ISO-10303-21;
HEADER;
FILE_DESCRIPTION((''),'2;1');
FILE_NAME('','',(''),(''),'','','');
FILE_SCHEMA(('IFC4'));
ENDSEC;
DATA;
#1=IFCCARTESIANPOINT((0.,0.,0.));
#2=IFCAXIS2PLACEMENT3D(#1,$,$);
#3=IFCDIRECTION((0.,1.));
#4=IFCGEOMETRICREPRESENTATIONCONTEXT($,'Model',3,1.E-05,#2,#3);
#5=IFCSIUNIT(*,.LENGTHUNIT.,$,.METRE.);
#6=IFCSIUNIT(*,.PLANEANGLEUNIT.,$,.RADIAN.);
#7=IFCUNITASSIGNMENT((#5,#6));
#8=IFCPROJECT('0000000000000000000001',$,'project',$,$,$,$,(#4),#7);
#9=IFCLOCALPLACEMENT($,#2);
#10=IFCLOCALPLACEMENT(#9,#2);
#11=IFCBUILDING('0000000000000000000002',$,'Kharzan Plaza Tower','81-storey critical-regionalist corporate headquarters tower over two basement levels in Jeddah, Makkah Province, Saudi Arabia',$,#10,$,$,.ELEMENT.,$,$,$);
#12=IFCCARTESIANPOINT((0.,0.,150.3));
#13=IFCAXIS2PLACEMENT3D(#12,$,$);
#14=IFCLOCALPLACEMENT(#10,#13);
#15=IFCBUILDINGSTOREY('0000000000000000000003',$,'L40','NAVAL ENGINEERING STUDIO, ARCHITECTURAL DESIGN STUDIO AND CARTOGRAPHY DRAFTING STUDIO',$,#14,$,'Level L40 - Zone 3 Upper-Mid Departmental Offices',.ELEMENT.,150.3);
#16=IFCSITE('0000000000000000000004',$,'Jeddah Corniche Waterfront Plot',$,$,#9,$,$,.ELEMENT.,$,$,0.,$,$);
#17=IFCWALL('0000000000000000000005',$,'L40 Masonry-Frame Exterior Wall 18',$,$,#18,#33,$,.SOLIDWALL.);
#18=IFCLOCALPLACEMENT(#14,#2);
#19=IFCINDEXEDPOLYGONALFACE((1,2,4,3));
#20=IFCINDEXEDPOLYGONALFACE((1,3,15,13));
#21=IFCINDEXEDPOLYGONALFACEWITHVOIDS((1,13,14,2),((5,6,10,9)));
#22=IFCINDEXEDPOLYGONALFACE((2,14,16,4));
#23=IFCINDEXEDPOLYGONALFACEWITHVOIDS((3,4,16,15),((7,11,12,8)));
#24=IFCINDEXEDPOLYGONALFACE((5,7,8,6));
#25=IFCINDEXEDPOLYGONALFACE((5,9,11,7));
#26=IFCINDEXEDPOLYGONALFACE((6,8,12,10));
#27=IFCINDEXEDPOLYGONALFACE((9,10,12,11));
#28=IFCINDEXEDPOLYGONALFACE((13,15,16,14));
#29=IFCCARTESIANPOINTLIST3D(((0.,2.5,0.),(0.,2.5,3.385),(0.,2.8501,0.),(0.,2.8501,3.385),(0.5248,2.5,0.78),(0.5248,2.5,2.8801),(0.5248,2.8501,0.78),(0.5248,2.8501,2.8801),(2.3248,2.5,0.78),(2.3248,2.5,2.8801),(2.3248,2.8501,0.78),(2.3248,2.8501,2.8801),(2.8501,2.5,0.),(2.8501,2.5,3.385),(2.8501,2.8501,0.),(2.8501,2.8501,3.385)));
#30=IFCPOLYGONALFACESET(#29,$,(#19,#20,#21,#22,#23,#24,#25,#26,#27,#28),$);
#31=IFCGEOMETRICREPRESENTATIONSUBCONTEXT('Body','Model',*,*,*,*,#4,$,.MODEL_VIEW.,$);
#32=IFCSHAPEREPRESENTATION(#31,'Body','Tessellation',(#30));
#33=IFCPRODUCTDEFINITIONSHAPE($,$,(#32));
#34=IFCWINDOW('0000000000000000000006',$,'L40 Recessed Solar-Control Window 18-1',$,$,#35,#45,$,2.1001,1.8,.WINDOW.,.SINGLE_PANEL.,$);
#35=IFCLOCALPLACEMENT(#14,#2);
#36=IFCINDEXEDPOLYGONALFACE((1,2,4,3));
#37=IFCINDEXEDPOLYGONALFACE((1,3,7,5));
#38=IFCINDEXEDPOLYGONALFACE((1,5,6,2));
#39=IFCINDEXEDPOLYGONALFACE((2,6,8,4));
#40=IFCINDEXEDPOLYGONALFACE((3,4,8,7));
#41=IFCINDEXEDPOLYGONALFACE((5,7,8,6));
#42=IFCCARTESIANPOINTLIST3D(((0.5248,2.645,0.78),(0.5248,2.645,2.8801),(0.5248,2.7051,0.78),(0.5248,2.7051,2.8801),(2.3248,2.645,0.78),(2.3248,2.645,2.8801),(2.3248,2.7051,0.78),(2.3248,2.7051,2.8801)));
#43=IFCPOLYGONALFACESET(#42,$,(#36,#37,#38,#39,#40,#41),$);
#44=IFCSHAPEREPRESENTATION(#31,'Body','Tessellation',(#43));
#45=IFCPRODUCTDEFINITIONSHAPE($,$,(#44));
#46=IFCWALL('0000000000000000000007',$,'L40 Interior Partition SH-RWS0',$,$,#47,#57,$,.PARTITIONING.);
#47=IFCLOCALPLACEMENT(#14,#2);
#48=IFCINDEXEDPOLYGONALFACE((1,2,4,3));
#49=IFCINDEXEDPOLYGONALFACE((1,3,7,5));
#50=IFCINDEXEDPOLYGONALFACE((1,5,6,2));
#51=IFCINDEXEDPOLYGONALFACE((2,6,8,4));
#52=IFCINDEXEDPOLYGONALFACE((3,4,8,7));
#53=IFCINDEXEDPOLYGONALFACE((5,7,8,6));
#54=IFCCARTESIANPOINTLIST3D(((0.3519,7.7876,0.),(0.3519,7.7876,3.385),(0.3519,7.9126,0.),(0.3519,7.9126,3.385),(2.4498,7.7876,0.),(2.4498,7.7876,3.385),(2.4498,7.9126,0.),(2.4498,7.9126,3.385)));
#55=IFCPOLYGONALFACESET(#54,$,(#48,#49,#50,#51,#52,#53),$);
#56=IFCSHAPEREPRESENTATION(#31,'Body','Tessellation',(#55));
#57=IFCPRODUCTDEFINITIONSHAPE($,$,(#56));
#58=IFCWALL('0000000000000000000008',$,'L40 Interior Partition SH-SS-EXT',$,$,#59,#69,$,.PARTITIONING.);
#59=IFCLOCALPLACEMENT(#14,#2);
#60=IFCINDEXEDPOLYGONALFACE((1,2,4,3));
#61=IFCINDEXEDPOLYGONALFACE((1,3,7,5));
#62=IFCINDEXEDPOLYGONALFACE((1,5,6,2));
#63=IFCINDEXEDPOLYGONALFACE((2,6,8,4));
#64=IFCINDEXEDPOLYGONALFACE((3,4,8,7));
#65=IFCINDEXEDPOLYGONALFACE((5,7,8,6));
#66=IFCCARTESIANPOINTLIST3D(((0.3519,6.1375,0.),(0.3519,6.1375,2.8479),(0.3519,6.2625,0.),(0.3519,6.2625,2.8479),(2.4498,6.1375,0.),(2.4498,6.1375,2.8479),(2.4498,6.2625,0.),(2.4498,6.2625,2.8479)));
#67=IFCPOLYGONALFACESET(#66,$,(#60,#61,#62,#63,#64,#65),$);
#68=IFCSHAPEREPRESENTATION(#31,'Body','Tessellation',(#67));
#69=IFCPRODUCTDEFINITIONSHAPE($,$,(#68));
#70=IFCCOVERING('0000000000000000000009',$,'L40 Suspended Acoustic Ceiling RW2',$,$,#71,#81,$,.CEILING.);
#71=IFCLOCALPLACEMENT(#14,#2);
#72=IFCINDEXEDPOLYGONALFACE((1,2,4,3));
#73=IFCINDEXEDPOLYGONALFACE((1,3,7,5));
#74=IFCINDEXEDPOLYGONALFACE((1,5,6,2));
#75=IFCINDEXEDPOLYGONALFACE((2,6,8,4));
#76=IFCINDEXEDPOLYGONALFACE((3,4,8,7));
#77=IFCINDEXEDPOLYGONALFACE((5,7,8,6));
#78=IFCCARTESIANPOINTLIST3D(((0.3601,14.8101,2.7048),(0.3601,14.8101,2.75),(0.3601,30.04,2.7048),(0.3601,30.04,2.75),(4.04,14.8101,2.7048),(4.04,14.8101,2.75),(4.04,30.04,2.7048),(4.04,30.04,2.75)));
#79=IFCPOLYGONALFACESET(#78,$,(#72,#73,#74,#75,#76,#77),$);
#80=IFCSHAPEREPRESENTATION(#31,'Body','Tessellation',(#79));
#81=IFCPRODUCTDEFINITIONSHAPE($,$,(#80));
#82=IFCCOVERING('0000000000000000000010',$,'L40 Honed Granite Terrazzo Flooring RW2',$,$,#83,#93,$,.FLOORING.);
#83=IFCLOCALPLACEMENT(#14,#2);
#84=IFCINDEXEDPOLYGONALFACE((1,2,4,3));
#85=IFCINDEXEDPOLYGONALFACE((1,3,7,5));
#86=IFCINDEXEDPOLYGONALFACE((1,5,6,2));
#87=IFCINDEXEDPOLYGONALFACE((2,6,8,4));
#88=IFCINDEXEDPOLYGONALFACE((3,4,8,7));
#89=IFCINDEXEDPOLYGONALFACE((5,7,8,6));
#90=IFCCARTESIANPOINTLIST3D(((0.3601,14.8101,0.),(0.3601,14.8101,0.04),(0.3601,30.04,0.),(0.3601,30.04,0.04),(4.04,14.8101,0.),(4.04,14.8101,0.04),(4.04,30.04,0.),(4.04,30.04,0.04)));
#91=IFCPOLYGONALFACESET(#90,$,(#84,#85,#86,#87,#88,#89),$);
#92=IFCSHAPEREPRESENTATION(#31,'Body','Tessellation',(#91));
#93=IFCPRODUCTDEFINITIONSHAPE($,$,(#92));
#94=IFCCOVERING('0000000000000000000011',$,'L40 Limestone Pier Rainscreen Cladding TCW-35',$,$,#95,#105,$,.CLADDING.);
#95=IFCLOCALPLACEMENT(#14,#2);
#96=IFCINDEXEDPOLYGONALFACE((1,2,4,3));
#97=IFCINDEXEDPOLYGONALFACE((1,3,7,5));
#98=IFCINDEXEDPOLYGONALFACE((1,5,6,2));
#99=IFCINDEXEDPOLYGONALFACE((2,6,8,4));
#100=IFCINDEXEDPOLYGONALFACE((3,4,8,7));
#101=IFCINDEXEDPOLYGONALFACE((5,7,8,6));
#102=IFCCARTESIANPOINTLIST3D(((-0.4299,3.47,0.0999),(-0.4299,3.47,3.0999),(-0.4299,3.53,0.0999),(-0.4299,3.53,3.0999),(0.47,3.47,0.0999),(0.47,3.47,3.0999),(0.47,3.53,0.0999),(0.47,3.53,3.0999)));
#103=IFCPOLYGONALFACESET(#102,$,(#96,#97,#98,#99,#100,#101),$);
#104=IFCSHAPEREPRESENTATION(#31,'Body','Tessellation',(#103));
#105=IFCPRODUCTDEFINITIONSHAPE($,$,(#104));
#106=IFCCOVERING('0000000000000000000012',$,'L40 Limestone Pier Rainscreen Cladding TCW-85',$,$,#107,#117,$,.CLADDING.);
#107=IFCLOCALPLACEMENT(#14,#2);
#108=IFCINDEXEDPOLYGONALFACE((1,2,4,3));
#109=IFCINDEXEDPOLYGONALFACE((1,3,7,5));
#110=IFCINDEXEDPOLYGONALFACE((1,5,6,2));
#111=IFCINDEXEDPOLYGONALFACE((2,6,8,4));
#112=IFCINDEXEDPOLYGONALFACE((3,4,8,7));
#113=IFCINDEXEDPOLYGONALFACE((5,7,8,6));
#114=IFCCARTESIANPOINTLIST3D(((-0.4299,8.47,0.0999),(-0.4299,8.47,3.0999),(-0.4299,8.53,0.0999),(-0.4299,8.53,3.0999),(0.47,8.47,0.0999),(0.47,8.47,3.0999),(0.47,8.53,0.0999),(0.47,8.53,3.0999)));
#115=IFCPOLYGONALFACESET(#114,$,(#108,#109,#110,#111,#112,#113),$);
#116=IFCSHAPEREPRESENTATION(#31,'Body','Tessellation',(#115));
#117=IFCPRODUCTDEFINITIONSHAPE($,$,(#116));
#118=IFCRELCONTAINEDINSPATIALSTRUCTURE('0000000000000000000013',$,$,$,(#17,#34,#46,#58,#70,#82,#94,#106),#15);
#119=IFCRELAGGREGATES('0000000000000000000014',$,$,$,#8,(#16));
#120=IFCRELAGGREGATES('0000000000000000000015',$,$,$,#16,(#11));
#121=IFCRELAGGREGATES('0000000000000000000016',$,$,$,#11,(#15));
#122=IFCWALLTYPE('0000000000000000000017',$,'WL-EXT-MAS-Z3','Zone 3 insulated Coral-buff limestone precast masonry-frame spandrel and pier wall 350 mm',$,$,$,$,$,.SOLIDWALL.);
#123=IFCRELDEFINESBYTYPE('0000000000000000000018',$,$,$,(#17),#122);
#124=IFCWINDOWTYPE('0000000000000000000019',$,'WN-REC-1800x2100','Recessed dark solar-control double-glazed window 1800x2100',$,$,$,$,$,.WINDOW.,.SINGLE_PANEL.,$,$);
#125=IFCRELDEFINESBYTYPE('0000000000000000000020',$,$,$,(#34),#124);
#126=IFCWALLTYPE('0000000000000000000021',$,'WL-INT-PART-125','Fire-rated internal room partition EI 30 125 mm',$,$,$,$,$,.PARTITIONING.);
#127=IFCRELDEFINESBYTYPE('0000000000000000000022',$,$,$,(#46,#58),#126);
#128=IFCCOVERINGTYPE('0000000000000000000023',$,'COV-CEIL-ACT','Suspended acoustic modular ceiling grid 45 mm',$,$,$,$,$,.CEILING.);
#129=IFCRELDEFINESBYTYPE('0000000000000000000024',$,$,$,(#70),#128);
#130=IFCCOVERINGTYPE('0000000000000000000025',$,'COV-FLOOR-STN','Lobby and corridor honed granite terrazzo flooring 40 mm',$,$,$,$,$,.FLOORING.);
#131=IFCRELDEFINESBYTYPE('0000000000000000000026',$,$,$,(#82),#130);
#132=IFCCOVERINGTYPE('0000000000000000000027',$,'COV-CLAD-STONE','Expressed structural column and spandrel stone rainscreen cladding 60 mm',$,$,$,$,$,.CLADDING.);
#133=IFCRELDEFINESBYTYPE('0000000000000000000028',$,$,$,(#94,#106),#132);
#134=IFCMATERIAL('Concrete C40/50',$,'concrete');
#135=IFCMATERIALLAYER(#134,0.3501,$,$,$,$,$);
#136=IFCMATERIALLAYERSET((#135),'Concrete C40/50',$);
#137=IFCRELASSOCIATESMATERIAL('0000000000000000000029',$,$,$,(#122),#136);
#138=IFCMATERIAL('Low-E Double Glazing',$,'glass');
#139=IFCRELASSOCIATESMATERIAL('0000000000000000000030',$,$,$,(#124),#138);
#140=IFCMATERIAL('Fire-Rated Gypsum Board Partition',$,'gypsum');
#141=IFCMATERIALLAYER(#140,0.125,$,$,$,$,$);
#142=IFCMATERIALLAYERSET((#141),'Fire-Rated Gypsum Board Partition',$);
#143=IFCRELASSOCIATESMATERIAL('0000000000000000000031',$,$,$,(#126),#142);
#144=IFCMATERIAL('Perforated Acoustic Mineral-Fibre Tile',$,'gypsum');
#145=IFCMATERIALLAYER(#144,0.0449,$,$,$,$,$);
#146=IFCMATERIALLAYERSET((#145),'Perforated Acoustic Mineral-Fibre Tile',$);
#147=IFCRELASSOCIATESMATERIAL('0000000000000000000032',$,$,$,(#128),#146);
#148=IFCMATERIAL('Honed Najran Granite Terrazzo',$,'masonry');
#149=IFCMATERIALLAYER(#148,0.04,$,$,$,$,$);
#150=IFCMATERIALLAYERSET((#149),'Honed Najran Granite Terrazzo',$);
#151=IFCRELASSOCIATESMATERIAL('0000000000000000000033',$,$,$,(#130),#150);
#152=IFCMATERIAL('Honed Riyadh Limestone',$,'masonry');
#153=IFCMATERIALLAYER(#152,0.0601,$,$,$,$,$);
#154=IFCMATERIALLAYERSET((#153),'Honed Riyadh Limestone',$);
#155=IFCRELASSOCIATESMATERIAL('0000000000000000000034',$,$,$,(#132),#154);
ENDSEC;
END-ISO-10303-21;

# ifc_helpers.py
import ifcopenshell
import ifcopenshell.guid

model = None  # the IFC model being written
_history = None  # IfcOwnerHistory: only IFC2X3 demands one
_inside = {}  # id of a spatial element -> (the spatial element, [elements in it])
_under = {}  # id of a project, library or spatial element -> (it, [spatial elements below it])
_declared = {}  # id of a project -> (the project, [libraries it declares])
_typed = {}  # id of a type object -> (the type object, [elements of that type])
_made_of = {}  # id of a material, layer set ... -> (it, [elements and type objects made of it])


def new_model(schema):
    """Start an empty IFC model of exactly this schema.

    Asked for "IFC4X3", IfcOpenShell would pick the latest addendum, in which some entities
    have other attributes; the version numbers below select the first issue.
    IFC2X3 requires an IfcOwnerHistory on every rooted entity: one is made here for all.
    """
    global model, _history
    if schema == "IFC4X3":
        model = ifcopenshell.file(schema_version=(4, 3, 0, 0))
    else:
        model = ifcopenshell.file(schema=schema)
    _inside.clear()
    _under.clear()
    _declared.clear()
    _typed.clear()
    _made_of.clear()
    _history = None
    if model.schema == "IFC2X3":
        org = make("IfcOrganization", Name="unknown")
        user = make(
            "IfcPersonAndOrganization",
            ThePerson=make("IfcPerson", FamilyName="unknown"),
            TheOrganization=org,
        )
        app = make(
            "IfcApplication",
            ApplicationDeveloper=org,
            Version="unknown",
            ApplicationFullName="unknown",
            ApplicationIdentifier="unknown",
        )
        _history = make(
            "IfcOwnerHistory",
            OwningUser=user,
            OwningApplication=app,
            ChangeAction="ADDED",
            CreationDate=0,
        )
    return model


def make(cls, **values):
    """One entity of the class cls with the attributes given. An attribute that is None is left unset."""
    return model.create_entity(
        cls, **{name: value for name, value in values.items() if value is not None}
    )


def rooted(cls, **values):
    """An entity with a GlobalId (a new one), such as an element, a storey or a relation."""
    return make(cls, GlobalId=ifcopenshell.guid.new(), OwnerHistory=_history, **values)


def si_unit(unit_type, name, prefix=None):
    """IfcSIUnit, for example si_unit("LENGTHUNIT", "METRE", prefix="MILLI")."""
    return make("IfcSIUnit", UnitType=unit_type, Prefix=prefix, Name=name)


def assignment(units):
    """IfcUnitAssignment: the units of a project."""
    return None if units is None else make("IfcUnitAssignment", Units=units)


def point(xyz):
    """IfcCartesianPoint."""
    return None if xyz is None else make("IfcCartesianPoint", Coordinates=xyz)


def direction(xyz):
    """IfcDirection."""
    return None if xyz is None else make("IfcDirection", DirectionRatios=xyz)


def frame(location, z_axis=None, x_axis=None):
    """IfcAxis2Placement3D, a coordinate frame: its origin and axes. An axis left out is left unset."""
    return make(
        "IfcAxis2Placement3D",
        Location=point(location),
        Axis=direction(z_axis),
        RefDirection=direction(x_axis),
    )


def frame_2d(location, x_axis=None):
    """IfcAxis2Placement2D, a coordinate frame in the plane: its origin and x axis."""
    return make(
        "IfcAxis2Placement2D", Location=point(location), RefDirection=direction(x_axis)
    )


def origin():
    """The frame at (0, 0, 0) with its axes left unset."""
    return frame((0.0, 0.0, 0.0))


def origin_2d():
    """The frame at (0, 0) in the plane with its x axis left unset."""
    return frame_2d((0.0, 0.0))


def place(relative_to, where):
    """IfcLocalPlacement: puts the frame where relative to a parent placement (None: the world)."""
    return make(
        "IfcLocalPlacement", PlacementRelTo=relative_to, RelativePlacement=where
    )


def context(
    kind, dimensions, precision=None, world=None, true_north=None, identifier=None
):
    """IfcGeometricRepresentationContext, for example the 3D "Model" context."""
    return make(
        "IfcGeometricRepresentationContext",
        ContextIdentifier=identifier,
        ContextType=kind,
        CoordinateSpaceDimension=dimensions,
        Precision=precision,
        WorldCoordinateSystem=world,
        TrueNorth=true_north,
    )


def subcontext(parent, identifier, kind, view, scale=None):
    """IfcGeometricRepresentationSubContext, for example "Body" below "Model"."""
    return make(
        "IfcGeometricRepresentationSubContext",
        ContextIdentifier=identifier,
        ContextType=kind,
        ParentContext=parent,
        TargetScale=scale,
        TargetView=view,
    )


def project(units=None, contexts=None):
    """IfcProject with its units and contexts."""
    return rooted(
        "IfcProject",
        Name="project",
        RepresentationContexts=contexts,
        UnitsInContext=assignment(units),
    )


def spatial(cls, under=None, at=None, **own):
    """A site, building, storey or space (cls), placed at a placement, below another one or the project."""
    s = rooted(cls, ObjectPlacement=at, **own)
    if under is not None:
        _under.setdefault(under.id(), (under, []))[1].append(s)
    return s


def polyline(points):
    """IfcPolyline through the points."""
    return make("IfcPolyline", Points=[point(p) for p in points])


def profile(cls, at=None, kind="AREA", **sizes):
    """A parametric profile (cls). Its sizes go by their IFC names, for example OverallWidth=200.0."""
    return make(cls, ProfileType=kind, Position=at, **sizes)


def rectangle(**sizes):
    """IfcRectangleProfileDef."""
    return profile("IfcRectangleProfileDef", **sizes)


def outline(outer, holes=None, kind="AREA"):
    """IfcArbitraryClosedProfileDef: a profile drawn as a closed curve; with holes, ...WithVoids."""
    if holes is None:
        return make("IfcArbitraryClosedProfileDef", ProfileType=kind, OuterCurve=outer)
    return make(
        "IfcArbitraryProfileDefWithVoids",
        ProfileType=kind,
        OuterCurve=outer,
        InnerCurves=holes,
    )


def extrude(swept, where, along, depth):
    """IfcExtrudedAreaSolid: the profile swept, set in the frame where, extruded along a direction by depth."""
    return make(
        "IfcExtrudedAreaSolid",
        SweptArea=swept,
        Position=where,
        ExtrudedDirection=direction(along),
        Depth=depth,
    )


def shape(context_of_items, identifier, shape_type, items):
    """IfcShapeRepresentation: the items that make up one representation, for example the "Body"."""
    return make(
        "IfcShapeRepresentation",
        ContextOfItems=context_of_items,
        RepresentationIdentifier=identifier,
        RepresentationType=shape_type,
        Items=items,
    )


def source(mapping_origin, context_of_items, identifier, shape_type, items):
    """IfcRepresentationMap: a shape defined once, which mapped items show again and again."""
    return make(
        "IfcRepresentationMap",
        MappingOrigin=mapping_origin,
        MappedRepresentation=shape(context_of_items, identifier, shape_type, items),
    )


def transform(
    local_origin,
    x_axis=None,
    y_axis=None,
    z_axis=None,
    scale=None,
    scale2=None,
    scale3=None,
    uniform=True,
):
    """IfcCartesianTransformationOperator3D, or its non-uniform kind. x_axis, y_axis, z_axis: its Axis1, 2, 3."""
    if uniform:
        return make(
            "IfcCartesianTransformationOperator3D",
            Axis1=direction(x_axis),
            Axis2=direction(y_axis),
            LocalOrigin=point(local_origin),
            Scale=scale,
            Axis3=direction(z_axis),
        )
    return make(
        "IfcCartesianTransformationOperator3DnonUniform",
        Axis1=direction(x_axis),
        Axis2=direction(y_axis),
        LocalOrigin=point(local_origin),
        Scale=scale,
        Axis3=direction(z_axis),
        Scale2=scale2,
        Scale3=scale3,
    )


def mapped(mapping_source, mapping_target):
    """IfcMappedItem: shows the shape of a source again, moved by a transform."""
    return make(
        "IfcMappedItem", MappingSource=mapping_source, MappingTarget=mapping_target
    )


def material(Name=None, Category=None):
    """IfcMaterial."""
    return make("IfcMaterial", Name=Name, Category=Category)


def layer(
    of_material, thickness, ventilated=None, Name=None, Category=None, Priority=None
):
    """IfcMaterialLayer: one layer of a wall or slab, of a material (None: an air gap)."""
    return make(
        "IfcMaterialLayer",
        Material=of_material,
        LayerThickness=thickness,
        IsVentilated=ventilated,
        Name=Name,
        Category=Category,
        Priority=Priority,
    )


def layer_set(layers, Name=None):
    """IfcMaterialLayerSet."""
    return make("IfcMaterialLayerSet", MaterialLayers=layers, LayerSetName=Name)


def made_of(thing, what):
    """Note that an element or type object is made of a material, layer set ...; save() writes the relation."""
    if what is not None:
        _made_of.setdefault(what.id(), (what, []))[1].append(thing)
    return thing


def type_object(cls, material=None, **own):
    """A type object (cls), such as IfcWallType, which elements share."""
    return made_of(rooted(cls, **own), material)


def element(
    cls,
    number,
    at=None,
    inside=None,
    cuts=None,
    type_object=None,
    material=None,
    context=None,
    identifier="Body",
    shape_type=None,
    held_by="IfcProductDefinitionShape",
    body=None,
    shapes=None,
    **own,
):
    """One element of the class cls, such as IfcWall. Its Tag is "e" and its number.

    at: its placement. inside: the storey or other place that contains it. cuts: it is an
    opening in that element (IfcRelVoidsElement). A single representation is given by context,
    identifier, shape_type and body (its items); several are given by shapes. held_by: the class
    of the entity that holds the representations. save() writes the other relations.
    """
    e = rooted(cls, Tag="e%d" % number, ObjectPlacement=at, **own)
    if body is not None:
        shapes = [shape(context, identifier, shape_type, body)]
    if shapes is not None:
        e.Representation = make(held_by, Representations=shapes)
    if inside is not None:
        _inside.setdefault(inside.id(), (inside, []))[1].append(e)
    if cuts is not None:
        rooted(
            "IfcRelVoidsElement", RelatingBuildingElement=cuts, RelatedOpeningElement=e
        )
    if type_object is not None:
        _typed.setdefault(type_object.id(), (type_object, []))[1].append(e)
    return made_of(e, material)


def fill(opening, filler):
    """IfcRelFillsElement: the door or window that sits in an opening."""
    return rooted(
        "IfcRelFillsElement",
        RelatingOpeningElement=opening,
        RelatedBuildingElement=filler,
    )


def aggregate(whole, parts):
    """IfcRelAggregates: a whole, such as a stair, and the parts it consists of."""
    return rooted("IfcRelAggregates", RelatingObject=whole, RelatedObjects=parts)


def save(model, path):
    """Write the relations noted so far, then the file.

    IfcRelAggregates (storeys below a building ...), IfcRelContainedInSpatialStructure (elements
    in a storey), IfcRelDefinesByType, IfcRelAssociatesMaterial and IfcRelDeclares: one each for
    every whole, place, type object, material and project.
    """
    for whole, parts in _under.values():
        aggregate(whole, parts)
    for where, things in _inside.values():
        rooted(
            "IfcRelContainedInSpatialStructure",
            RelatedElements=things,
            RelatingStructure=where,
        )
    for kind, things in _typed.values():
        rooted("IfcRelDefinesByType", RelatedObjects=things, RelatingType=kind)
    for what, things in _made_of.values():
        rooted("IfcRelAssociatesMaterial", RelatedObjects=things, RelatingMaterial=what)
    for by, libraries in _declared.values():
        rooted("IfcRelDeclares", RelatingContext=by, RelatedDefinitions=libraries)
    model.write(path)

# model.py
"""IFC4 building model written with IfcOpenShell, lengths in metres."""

from ifc_helpers import new_model, si_unit, direction, frame, frame_2d, origin, origin_2d, place, context, subcontext, project, spatial, polyline, rectangle, outline, extrude, source, transform, mapped, material, layer, layer_set, type_object, element, fill, save


model = new_model("IFC4")

# Units and contexts
model_context = context("Model", 3, precision=1e-05, world=origin(), true_north=direction((0.0, 1.0)))
body_context = subcontext(model_context, "Body", "Model", "MODEL_VIEW")
ifc_project = project(units=[si_unit("LENGTHUNIT", "METRE"), si_unit("PLANEANGLEUNIT", "RADIAN")], contexts=[model_context])

# Site, building, storey
site_placement = place(None, origin())
site = spatial("IfcSite", under=ifc_project, at=site_placement, Name="Jeddah Corniche Waterfront Plot", CompositionType="ELEMENT", RefElevation=0.0)
building_placement = place(site_placement, origin())
building = spatial("IfcBuilding", under=site, at=building_placement, Name="Kharzan Plaza Tower", Description="81-storey critical-regionalist corporate headquarters tower over two basement levels in Jeddah, Makkah Province, Saudi Arabia", CompositionType="ELEMENT")
storey_placement = place(building_placement, frame((0.0, 0.0, 150.3)))
storey = spatial("IfcBuildingStorey", under=building, at=storey_placement, Name="L40", Description="NAVAL ENGINEERING STUDIO, ARCHITECTURAL DESIGN STUDIO AND CARTOGRAPHY DRAFTING STUDIO", LongName="Level L40 - Zone 3 Upper-Mid Departmental Offices", CompositionType="ELEMENT", Elevation=150.3)

# Shared definitions
ifc_material_1 = material(Name="Concrete C40/50", Category="concrete")

# Wall, opening, window
ifc_layer_1 = layer(ifc_material_1, 0.3501)
ifc_layer_set_1 = layer_set([ifc_layer_1], Name="Concrete C40/50")
wall_type_1 = type_object("IfcWallType", Name="WL-EXT-MAS-Z3", Description="Zone 3 insulated Coral-buff limestone precast masonry-frame spandrel and pier wall 350 mm", PredefinedType="SOLIDWALL", material=ifc_layer_set_1)
ifc_material_2 = material(Name="Low-E Double Glazing", Category="glass")
wall_1_placement = place(storey_placement, frame((0.0, 2.675, 0.0), z_axis=(0.0, 0.0, 1.0), x_axis=(1.0, 0.0, 0.0)))
wall_1 = element("IfcWall", 1, at=wall_1_placement, inside=storey, type_object=wall_type_1, Name="L40 Masonry-Frame Exterior Wall 18", PredefinedType="SOLIDWALL", context=body_context, shape_type="SweptSolid", body=[
    extrude(rectangle(XDim=2.8501, YDim=0.3501, at=frame_2d((1.425, 0.0))), origin(), (0.0, 0.0, 1.0), 3.385),
])
opening_1_placement = place(wall_1_placement, frame((0.5249, 0.0, 0.78)))
opening_1 = element("IfcOpeningElement", 2, at=opening_1_placement, cuts=wall_1, PredefinedType="OPENING", context=body_context, shape_type="SweptSolid", body=[
    extrude(rectangle(XDim=1.8, YDim=2.1001, at=frame_2d((0.8999, 1.05))), frame((0.0, 0.1851, 0.0), z_axis=(0.0, -1.0, 0.0), x_axis=(1.0, 0.0, 0.0)), (0.0, 0.0, 1.0), 0.3701),
])
window_type_1 = type_object("IfcWindowType", Name="WN-REC-1800x2100", Description="Recessed dark solar-control double-glazed window 1800x2100", PartitioningType="SINGLE_PANEL", PredefinedType="WINDOW", material=ifc_material_2)
shared_shape_1 = source(origin(), body_context, "Body", "SweptSolid", [
    extrude(rectangle(XDim=1.8, YDim=2.1001, at=frame_2d((0.8999, 1.05))), frame((0.0, 0.03, 0.0), z_axis=(0.0, -1.0, 0.0), x_axis=(1.0, 0.0, 0.0)), (0.0, 0.0, 1.0), 0.0601),
])
window_1_placement = place(opening_1_placement, origin())
window_1 = element("IfcWindow", 3, at=window_1_placement, inside=storey, type_object=window_type_1, Name="L40 Recessed Solar-Control Window 18-1", OverallHeight=2.1001, OverallWidth=1.8, PartitioningType="SINGLE_PANEL", PredefinedType="WINDOW", context=body_context, shape_type="MappedRepresentation", body=[
    mapped(shared_shape_1, transform((0.0, 0.0, 0.0), x_axis=(1.0, 0.0, 0.0), y_axis=(0.0, 1.0, 0.0), z_axis=(0.0, 0.0, 1.0))),
])
fill(opening_1, window_1)

# Shared definitions
ifc_material_3 = material(Name="Fire-Rated Gypsum Board Partition", Category="gypsum")
ifc_layer_2 = layer(ifc_material_3, 0.125)
ifc_layer_set_2 = layer_set([ifc_layer_2], Name="Fire-Rated Gypsum Board Partition")
wall_type_2 = type_object("IfcWallType", Name="WL-INT-PART-125", Description="Fire-rated internal room partition EI 30 125 mm", PredefinedType="PARTITIONING", material=ifc_layer_set_2)

# Walls
shared_shape_2 = source(origin(), body_context, "Body", "SweptSolid", [
    extrude(rectangle(XDim=2.0979, YDim=0.125, at=frame_2d((1.0488, 0.0))), origin(), (0.0, 0.0, 1.0), 3.385),
])
wall_2_placement = place(storey_placement, frame((0.3521, 7.8501, 0.0), z_axis=(0.0, 0.0, 1.0), x_axis=(1.0, 0.0, 0.0)))
element("IfcWall", 4, at=wall_2_placement, inside=storey, type_object=wall_type_2, Name="L40 Interior Partition SH-RWS0", PredefinedType="PARTITIONING", context=body_context, shape_type="MappedRepresentation", body=[
    mapped(shared_shape_2, transform((0.0, 0.0, 0.0), x_axis=(1.0, 0.0, 0.0), y_axis=(0.0, 1.0, 0.0), z_axis=(0.0, 0.0, 1.0))),
])
shared_shape_3 = source(origin(), body_context, "Body", "SweptSolid", [
    extrude(rectangle(XDim=2.0979, YDim=0.125, at=frame_2d((1.0488, 0.0))), origin(), (0.0, 0.0, 1.0), 2.8479),
])
wall_3_placement = place(storey_placement, frame((0.3521, 6.2, 0.0), z_axis=(0.0, 0.0, 1.0), x_axis=(1.0, 0.0, 0.0)))
element("IfcWall", 5, at=wall_3_placement, inside=storey, type_object=wall_type_2, Name="L40 Interior Partition SH-SS-EXT", PredefinedType="PARTITIONING", context=body_context, shape_type="MappedRepresentation", body=[
    mapped(shared_shape_3, transform((0.0, 0.0, 0.0), x_axis=(1.0, 0.0, 0.0), y_axis=(0.0, 1.0, 0.0), z_axis=(0.0, 0.0, 1.0))),
])

# Coverings
ifc_material_4 = material(Name="Perforated Acoustic Mineral-Fibre Tile", Category="gypsum")
ifc_layer_3 = layer(ifc_material_4, 0.0449)
ifc_layer_set_3 = layer_set([ifc_layer_3], Name="Perforated Acoustic Mineral-Fibre Tile")
covering_type_1 = type_object("IfcCoveringType", Name="COV-CEIL-ACT", Description="Suspended acoustic modular ceiling grid 45 mm", PredefinedType="CEILING", material=ifc_layer_set_3)
covering_1_placement = place(storey_placement, frame((0.0, 0.0, 2.7048)))
element("IfcCovering", 6, at=covering_1_placement, inside=storey, type_object=covering_type_1, Name="L40 Suspended Acoustic Ceiling RW2", PredefinedType="CEILING", context=body_context, shape_type="SweptSolid", body=[
    extrude(outline(polyline([(0.3601, 14.8101), (4.04, 14.8101), (4.04, 30.04), (0.3601, 30.04), (0.3601, 14.8101)])), origin(), (0.0, 0.0, 1.0), 0.0452),
])
ifc_material_5 = material(Name="Honed Najran Granite Terrazzo", Category="masonry")
ifc_layer_4 = layer(ifc_material_5, 0.04)
ifc_layer_set_4 = layer_set([ifc_layer_4], Name="Honed Najran Granite Terrazzo")
covering_type_2 = type_object("IfcCoveringType", Name="COV-FLOOR-STN", Description="Lobby and corridor honed granite terrazzo flooring 40 mm", PredefinedType="FLOORING", material=ifc_layer_set_4)
covering_2_placement = place(storey_placement, origin())
element("IfcCovering", 7, at=covering_2_placement, inside=storey, type_object=covering_type_2, Name="L40 Honed Granite Terrazzo Flooring RW2", PredefinedType="FLOORING", context=body_context, shape_type="SweptSolid", body=[
    extrude(outline(polyline([(0.3601, 14.8101), (4.04, 14.8101), (4.04, 30.04), (0.3601, 30.04), (0.3601, 14.8101)])), origin(), (0.0, 0.0, 1.0), 0.04),
])
ifc_material_6 = material(Name="Honed Riyadh Limestone", Category="masonry")
ifc_layer_5 = layer(ifc_material_6, 0.0601)
ifc_layer_set_5 = layer_set([ifc_layer_5], Name="Honed Riyadh Limestone")
covering_type_3 = type_object("IfcCoveringType", Name="COV-CLAD-STONE", Description="Expressed structural column and spandrel stone rainscreen cladding 60 mm", PredefinedType="CLADDING", material=ifc_layer_set_5)
shared_shape_4 = source(origin(), body_context, "Body", "SweptSolid", [
    extrude(rectangle(XDim=0.0601, YDim=0.8999, at=origin_2d()), origin(), (0.0, 0.0, 1.0), 3.0),
])
for number, where, z_axis, x_axis, name in (
    (8, (0.02, 3.5, 0.0999), (0.0, 0.0, 1.0), (0.0, 1.0, 0.0), "L40 Limestone Pier Rainscreen Cladding TCW-35"),
    (9, (0.02, 8.5, 0.0999), (0.0, 0.0, 1.0), (0.0, 1.0, 0.0), "L40 Limestone Pier Rainscreen Cladding TCW-85"),
):
    element("IfcCovering", number, at=place(storey_placement, frame(where, z_axis=z_axis, x_axis=x_axis)), inside=storey, type_object=covering_type_3, Name=name, PredefinedType="CLADDING", context=body_context, shape_type="MappedRepresentation", body=[
        mapped(shared_shape_4, transform((0.0, 0.0, 0.0), x_axis=(1.0, 0.0, 0.0), y_axis=(0.0, 1.0, 0.0), z_axis=(0.0, 0.0, 1.0))),
    ])

save(model, "model.ifc")
